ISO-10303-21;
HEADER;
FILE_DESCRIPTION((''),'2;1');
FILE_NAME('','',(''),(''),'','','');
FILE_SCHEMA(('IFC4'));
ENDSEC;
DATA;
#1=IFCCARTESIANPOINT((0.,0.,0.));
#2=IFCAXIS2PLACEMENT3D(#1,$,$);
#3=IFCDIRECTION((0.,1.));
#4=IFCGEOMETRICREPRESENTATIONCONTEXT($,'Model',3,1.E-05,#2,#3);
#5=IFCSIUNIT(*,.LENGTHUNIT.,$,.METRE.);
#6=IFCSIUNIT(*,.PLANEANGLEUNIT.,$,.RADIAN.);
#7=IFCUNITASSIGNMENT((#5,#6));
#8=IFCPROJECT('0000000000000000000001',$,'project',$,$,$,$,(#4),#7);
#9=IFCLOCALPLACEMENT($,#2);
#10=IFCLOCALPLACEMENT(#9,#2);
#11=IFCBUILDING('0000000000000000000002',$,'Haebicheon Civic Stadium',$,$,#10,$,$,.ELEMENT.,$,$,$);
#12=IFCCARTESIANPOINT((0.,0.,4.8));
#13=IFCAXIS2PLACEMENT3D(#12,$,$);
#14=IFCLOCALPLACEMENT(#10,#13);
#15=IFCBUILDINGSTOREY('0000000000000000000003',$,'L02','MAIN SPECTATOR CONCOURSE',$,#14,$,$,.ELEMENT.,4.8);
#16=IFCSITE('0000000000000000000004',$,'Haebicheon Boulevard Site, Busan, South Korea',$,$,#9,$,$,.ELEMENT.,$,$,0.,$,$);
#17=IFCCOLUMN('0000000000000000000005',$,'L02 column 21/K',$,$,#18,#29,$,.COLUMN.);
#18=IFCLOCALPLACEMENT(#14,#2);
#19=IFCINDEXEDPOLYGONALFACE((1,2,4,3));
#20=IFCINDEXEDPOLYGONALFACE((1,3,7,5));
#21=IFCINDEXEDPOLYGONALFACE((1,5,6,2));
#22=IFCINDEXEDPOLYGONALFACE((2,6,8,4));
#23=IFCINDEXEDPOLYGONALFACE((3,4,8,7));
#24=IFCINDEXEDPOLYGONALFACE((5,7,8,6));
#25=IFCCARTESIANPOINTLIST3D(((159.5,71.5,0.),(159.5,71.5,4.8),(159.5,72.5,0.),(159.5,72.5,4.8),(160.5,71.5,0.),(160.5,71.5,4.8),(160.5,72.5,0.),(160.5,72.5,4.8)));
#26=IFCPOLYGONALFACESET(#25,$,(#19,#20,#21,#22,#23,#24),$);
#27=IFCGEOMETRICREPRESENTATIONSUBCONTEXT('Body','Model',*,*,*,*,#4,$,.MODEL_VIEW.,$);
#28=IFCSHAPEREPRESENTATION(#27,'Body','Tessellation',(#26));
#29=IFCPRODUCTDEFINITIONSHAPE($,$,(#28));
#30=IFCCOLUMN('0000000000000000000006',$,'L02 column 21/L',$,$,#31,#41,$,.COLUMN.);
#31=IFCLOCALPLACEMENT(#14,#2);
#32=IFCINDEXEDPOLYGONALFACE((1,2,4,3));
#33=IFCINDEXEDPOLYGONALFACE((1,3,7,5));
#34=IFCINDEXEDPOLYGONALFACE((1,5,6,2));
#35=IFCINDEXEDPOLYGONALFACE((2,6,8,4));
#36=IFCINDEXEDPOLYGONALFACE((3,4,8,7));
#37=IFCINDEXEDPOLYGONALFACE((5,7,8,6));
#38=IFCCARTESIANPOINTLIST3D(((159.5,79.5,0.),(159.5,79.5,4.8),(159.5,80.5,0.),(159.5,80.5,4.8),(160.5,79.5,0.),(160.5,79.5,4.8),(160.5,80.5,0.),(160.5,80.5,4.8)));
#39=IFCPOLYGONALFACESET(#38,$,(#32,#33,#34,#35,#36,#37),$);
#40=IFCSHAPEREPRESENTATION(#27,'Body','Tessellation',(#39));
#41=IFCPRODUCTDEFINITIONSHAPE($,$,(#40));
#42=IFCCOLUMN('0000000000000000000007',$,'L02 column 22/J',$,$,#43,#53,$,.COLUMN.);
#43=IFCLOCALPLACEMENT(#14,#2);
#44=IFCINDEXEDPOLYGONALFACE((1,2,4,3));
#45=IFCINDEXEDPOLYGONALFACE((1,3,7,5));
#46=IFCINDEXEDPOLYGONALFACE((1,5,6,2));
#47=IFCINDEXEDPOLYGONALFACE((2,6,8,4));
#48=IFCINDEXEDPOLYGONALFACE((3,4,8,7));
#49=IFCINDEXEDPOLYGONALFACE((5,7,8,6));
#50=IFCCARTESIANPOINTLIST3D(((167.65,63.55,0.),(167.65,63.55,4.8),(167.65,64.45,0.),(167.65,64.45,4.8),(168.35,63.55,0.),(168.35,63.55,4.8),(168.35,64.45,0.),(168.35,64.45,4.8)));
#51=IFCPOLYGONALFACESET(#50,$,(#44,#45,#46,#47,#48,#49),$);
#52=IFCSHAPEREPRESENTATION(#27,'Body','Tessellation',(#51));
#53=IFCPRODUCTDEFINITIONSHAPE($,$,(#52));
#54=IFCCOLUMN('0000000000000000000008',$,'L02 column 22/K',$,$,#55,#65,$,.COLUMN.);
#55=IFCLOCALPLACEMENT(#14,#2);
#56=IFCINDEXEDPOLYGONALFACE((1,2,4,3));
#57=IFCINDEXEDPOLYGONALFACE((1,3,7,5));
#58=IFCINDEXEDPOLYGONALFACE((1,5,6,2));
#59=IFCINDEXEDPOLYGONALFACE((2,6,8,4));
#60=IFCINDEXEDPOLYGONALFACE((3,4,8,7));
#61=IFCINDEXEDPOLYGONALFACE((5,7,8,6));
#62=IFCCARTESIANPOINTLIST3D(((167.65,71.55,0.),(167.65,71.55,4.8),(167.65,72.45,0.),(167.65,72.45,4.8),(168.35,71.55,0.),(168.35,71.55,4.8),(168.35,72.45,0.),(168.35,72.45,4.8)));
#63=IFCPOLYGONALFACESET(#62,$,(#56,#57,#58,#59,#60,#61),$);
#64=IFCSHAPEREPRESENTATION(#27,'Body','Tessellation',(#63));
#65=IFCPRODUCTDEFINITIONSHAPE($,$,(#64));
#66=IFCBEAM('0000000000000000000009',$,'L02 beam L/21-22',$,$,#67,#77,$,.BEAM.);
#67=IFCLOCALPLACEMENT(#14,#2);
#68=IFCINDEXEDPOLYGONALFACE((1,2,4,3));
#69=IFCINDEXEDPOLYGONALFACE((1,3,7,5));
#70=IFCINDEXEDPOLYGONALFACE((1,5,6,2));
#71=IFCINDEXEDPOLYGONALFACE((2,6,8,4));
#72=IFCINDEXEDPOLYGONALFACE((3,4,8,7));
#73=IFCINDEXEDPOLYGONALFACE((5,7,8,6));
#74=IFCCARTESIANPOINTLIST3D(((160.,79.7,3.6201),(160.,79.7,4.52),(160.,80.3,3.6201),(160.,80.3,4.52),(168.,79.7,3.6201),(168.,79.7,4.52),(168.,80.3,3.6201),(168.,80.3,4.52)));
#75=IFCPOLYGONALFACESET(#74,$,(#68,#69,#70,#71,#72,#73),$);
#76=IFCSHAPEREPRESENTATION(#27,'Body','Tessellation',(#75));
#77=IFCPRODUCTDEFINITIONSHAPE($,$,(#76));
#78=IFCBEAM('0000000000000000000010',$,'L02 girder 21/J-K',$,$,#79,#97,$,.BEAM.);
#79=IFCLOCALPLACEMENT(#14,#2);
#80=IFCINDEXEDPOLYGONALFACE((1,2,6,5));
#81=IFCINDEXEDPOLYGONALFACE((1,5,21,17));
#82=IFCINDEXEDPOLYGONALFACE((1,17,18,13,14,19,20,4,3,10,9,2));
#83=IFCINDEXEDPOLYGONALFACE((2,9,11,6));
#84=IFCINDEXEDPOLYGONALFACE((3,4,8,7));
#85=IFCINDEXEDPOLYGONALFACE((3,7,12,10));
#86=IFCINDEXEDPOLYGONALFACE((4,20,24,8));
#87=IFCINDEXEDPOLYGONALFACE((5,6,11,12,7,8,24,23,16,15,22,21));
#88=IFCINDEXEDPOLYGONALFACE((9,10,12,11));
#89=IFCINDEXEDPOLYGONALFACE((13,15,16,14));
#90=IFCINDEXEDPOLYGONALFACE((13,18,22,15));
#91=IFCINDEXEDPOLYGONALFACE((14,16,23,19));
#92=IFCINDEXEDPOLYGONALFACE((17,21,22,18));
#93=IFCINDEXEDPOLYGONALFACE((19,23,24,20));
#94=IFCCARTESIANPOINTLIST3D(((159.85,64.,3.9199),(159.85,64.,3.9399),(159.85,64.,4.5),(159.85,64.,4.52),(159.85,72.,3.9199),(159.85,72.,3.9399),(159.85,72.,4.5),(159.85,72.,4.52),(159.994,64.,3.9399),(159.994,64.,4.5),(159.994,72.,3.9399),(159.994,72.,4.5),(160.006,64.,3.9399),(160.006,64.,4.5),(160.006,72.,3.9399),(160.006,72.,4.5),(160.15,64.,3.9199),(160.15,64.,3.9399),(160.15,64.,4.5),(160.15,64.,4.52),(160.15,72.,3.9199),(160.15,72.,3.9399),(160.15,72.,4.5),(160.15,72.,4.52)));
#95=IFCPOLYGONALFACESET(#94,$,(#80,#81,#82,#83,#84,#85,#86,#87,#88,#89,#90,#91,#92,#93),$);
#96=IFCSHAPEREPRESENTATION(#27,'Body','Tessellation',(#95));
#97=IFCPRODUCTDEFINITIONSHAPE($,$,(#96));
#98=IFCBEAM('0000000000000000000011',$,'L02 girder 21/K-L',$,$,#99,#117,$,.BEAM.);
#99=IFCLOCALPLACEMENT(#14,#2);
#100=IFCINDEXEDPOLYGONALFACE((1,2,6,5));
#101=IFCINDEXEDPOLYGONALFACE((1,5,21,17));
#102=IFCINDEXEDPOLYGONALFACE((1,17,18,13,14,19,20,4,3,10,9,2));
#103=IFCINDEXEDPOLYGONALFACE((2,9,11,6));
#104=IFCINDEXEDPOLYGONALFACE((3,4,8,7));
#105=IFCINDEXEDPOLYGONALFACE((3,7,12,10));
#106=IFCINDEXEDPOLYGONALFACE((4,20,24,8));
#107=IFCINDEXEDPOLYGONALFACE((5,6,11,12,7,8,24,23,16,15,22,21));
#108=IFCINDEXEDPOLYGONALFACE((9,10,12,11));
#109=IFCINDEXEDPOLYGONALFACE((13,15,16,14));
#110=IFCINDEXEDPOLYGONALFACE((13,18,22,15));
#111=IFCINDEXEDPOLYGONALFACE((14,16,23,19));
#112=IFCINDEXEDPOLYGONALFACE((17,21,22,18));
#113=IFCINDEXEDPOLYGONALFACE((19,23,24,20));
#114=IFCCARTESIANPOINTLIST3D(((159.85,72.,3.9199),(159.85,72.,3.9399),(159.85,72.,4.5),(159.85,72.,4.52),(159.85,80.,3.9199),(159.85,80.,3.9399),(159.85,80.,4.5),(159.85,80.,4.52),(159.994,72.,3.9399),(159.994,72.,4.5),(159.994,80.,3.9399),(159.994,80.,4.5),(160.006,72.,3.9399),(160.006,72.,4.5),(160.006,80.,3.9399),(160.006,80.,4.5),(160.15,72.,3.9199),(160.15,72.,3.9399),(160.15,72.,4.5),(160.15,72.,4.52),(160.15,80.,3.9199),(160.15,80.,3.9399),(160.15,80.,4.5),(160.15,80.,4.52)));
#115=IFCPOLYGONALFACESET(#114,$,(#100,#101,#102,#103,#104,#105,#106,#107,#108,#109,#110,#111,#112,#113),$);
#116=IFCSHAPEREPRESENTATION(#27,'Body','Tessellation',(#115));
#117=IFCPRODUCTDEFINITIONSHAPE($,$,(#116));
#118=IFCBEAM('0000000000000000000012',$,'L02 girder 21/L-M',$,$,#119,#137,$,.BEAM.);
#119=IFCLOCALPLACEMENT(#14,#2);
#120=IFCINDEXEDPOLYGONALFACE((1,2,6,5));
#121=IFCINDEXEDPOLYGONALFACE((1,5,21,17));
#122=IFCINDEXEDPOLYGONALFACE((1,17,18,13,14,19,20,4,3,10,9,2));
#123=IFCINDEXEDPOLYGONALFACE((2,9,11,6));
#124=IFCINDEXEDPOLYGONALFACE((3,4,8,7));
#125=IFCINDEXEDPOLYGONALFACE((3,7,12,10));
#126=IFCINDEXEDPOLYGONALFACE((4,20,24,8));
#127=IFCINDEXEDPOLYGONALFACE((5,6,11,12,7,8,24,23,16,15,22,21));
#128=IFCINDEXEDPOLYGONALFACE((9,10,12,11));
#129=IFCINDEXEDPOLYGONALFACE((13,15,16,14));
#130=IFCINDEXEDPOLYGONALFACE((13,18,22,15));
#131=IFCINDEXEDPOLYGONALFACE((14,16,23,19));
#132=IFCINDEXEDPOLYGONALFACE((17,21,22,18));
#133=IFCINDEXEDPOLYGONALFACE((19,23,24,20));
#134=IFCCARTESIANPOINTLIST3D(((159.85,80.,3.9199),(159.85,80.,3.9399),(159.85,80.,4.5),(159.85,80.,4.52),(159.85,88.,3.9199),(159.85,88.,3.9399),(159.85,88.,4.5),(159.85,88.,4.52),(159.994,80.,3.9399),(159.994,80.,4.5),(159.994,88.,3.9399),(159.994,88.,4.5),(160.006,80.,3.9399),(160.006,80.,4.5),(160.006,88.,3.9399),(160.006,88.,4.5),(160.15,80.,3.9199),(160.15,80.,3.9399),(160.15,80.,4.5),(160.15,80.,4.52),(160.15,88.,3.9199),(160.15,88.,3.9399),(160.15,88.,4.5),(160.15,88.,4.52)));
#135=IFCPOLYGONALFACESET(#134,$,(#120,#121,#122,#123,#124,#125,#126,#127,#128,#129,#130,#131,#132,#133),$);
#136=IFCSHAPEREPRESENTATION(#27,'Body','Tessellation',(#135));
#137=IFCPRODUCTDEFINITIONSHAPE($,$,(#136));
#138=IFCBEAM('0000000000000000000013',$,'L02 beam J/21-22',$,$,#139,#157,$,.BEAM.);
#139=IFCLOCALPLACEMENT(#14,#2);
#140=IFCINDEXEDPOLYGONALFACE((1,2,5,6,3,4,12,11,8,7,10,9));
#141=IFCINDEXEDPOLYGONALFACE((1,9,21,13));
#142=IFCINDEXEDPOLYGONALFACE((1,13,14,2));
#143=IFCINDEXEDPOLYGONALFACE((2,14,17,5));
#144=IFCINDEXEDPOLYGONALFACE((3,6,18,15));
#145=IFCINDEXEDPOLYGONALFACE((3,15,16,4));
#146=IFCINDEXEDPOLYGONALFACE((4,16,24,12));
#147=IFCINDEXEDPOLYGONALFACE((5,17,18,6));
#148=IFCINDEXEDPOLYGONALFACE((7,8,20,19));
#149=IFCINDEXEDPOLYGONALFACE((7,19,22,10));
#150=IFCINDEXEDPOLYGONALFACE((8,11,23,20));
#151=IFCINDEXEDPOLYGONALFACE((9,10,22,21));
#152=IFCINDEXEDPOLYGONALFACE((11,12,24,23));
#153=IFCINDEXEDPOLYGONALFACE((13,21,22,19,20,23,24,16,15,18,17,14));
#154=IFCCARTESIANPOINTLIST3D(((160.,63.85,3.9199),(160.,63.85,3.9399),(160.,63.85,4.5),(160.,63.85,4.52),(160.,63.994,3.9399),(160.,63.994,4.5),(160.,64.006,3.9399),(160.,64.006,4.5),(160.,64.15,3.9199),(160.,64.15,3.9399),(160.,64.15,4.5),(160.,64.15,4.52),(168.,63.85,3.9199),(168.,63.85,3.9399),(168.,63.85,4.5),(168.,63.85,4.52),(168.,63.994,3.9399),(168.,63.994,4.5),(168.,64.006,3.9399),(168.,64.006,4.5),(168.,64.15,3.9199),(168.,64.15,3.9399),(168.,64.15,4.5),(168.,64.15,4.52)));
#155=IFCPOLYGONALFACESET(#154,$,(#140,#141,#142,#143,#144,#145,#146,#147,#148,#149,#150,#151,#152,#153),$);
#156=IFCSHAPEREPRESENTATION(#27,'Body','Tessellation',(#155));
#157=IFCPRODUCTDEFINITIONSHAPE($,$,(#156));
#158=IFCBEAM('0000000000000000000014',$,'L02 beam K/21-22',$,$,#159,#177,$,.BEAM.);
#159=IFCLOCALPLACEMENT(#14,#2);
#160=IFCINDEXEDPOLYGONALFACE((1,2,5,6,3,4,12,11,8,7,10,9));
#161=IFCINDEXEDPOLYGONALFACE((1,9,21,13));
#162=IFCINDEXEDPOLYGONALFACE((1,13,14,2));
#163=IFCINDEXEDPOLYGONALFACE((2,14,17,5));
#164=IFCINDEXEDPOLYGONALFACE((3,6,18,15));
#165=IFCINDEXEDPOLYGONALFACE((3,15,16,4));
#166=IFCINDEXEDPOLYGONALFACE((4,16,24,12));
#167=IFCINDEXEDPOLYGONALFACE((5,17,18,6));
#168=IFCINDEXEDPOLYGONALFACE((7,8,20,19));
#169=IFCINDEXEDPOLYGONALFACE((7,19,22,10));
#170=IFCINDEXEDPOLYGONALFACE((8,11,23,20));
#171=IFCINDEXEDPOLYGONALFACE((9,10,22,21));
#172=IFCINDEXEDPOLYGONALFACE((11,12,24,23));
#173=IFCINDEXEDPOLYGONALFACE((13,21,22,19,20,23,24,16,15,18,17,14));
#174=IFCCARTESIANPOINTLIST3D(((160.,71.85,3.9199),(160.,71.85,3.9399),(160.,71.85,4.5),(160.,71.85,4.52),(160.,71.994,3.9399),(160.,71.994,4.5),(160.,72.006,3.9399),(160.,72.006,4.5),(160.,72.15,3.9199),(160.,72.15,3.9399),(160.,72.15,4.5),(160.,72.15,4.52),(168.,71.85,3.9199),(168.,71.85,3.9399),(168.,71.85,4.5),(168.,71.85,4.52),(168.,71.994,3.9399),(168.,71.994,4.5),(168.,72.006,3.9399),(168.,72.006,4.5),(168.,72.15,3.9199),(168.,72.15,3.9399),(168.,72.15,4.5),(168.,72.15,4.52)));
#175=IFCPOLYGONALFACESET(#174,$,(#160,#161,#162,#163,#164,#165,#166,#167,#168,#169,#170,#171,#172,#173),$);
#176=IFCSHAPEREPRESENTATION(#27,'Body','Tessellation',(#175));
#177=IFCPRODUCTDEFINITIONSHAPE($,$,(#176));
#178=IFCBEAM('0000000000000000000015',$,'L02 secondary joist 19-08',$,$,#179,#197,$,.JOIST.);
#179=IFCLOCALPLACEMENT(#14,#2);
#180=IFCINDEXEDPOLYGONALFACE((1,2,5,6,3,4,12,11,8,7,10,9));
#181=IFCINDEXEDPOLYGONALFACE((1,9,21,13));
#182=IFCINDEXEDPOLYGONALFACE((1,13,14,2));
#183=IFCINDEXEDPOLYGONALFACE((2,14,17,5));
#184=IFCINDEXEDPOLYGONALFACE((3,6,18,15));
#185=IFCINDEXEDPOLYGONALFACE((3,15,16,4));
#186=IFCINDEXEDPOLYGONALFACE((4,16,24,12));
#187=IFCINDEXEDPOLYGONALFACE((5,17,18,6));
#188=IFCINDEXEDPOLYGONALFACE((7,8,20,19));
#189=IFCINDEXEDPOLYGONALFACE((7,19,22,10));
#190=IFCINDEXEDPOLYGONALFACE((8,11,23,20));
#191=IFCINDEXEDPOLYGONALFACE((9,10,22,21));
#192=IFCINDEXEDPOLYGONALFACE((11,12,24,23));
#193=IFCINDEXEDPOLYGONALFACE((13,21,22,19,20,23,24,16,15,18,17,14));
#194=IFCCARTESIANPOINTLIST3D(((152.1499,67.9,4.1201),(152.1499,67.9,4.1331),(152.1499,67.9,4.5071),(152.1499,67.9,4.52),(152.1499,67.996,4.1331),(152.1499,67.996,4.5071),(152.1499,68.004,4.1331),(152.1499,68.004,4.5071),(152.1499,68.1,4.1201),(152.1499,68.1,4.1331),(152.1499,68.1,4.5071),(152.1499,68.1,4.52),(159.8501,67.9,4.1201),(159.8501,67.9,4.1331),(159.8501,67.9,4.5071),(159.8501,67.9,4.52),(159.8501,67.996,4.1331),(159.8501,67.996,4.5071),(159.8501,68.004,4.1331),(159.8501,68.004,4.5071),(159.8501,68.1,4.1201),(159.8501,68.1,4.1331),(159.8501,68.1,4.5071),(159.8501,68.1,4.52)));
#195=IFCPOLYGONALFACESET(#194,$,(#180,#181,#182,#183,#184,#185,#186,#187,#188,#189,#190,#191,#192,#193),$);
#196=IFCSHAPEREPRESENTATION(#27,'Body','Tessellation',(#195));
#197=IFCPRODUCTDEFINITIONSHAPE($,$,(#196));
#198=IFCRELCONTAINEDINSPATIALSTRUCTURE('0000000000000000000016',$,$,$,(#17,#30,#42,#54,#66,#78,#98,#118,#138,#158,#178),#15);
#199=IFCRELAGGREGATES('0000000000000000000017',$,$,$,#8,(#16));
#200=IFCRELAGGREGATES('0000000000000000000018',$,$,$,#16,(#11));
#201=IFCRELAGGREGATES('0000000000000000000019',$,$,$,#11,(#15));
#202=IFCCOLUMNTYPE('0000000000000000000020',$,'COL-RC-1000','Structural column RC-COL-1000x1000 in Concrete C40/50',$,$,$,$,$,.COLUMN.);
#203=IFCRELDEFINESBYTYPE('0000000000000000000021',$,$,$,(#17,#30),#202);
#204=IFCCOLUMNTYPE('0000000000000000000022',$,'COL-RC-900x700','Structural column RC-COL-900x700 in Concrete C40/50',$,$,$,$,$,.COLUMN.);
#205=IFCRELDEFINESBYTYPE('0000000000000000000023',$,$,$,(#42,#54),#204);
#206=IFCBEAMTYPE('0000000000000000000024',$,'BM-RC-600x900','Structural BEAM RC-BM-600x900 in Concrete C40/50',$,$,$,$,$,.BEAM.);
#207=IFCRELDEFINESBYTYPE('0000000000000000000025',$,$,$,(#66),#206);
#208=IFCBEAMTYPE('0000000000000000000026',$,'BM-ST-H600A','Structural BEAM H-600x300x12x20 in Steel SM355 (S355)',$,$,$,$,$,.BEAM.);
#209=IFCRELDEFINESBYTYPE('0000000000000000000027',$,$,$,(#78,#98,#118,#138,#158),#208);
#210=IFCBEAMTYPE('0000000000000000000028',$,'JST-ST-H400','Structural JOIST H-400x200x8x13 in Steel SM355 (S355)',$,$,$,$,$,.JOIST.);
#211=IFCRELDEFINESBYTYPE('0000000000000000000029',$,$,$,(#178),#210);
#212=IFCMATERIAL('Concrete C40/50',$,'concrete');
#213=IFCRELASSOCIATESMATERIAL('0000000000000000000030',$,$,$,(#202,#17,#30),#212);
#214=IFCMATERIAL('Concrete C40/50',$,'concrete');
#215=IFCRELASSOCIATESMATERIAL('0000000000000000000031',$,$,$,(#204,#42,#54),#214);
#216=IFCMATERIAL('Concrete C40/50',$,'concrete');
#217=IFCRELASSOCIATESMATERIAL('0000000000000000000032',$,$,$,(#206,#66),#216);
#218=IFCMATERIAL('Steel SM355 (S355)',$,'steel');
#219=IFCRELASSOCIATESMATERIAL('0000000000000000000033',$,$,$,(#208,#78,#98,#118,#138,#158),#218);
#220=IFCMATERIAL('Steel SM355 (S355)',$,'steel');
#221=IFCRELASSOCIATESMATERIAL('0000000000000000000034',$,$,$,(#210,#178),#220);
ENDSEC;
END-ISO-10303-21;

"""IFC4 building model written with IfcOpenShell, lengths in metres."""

from ifc_helpers import new_model, si_unit, direction, frame, origin, origin_2d, place, context, subcontext, project, spatial, rectangle, i_section, extrude, material, material_profile, profile_set, type_object, element, save


model = new_model("IFC4")

# Units and contexts
model_context = context("Model", 3, precision=1e-05, world=origin(), true_north=direction((0.0, 1.0)))
body_context = subcontext(model_context, "Body", "Model", "MODEL_VIEW")
ifc_project = project(units=[si_unit("LENGTHUNIT", "METRE"), si_unit("PLANEANGLEUNIT", "RADIAN")], contexts=[model_context])

# Site, building, storey
site_placement = place(None, origin())
site = spatial("IfcSite", under=ifc_project, at=site_placement, Name="Haebicheon Boulevard Site, Busan, South Korea", CompositionType="ELEMENT", RefElevation=0.0)
building_placement = place(site_placement, origin())
building = spatial("IfcBuilding", under=site, at=building_placement, Name="Haebicheon Civic Stadium", CompositionType="ELEMENT")
storey_placement = place(building_placement, frame((0.0, 0.0, 4.8)))
storey = spatial("IfcBuildingStorey", under=building, at=storey_placement, Name="L02", Description="MAIN SPECTATOR CONCOURSE", CompositionType="ELEMENT", Elevation=4.8)

# Columns
ifc_material_1 = material(Name="Concrete C40/50", Category="concrete")
ifc_material_profile_1 = material_profile(ifc_material_1, rectangle(XDim=1.0, YDim=1.0, at=origin_2d()), Name="RC-COL-1000x1000")
ifc_profile_set_1 = profile_set([ifc_material_profile_1], Name="Concrete C40/50")
column_type_1 = type_object("IfcColumnType", Name="COL-RC-1000", Description="Structural column RC-COL-1000x1000 in Concrete C40/50", PredefinedType="COLUMN", material=ifc_profile_set_1)
for number, where, z_axis, x_axis, name in (
    (1, (160.0, 72.0, 0.0), (0.0, 0.0, 1.0), (1.0, 0.0, 0.0), "L02 column 21/K"),
    (2, (160.0, 80.0, 0.0), (0.0, 0.0, 1.0), (1.0, 0.0, 0.0), "L02 column 21/L"),
):
    element("IfcColumn", number, at=place(storey_placement, frame(where, z_axis=z_axis, x_axis=x_axis)), inside=storey, type_object=column_type_1, material=ifc_profile_set_1, Name=name, PredefinedType="COLUMN", context=body_context, shape_type="SweptSolid", body=[
        extrude(rectangle(XDim=1.0, YDim=1.0, at=origin_2d()), origin(), (0.0, 0.0, 1.0), 4.8),
    ])
ifc_material_2 = material(Name="Concrete C40/50", Category="concrete")
ifc_material_profile_2 = material_profile(ifc_material_2, rectangle(XDim=0.7, YDim=0.8999, at=origin_2d()), Name="RC-COL-900x700")
ifc_profile_set_2 = profile_set([ifc_material_profile_2], Name="Concrete C40/50")
column_type_2 = type_object("IfcColumnType", Name="COL-RC-900x700", Description="Structural column RC-COL-900x700 in Concrete C40/50", PredefinedType="COLUMN", material=ifc_profile_set_2)
for number, where, z_axis, x_axis, name in (
    (3, (168.0, 64.0, 0.0), (0.0, 0.0, 1.0), (1.0, 0.0, 0.0), "L02 column 22/J"),
    (4, (168.0, 72.0, 0.0), (0.0, 0.0, 1.0), (1.0, 0.0, 0.0), "L02 column 22/K"),
):
    element("IfcColumn", number, at=place(storey_placement, frame(where, z_axis=z_axis, x_axis=x_axis)), inside=storey, type_object=column_type_2, material=ifc_profile_set_2, Name=name, PredefinedType="COLUMN", context=body_context, shape_type="SweptSolid", body=[
        extrude(rectangle(XDim=0.7, YDim=0.8999, at=origin_2d()), origin(), (0.0, 0.0, 1.0), 4.8),
    ])

# Beams
ifc_material_3 = material(Name="Concrete C40/50", Category="concrete")
ifc_material_profile_3 = material_profile(ifc_material_3, rectangle(XDim=0.6001, YDim=0.8999, at=origin_2d()), Name="RC-BM-600x900")
ifc_profile_set_3 = profile_set([ifc_material_profile_3], Name="Concrete C40/50")
beam_type_1 = type_object("IfcBeamType", Name="BM-RC-600x900", Description="Structural BEAM RC-BM-600x900 in Concrete C40/50", PredefinedType="BEAM", material=ifc_profile_set_3)
beam_1_placement = place(storey_placement, frame((160.0, 80.0, 4.0701), z_axis=(1.0, 0.0, 0.0), x_axis=(0.0, 1.0, 0.0)))
element("IfcBeam", 5, at=beam_1_placement, inside=storey, type_object=beam_type_1, material=ifc_profile_set_3, Name="L02 beam L/21-22", PredefinedType="BEAM", context=body_context, shape_type="SweptSolid", body=[
    extrude(rectangle(XDim=0.6001, YDim=0.8999, at=origin_2d()), origin(), (0.0, 0.0, 1.0), 8.0),
])
ifc_material_4 = material(Name="Steel SM355 (S355)", Category="steel")
ifc_material_profile_4 = material_profile(ifc_material_4, i_section(OverallWidth=0.3, OverallDepth=0.6001, WebThickness=0.012, FlangeThickness=0.02, at=origin_2d()), Name="H-600x300x12x20")
ifc_profile_set_4 = profile_set([ifc_material_profile_4], Name="Steel SM355 (S355)")
beam_type_2 = type_object("IfcBeamType", Name="BM-ST-H600A", Description="Structural BEAM H-600x300x12x20 in Steel SM355 (S355)", PredefinedType="BEAM", material=ifc_profile_set_4)
for number, where, z_axis, x_axis, name in (
    (6, (160.0, 64.0, 4.22), (0.0, 1.0, 0.0), (-1.0, 0.0, 0.0), "L02 girder 21/J-K"),
    (7, (160.0, 72.0, 4.22), (0.0, 1.0, 0.0), (-1.0, 0.0, 0.0), "L02 girder 21/K-L"),
    (8, (160.0, 80.0, 4.22), (0.0, 1.0, 0.0), (-1.0, 0.0, 0.0), "L02 girder 21/L-M"),
    (9, (160.0, 64.0, 4.22), (1.0, 0.0, 0.0), (0.0, 1.0, 0.0), "L02 beam J/21-22"),
    (10, (160.0, 72.0, 4.22), (1.0, 0.0, 0.0), (0.0, 1.0, 0.0), "L02 beam K/21-22"),
):
    element("IfcBeam", number, at=place(storey_placement, frame(where, z_axis=z_axis, x_axis=x_axis)), inside=storey, type_object=beam_type_2, material=ifc_profile_set_4, Name=name, PredefinedType="BEAM", context=body_context, shape_type="SweptSolid", body=[
        extrude(i_section(OverallWidth=0.3, OverallDepth=0.6001, WebThickness=0.012, FlangeThickness=0.02, at=origin_2d()), origin(), (0.0, 0.0, 1.0), 8.0),
    ])
ifc_material_5 = material(Name="Steel SM355 (S355)", Category="steel")
ifc_material_profile_5 = material_profile(ifc_material_5, i_section(OverallWidth=0.2, OverallDepth=0.3999, WebThickness=0.0081, FlangeThickness=0.0129, at=origin_2d()), Name="H-400x200x8x13")
ifc_profile_set_5 = profile_set([ifc_material_profile_5], Name="Steel SM355 (S355)")
beam_type_3 = type_object("IfcBeamType", Name="JST-ST-H400", Description="Structural JOIST H-400x200x8x13 in Steel SM355 (S355)", PredefinedType="JOIST", material=ifc_profile_set_5)
for number, where, z_axis, x_axis, name in (
    (11, (152.1499, 68.0, 4.3201), (1.0, 0.0, 0.0), (0.0, 1.0, 0.0), "L02 secondary joist 19-08"),
):
    element("IfcBeam", number, at=place(storey_placement, frame(where, z_axis=z_axis, x_axis=x_axis)), inside=storey, type_object=beam_type_3, material=ifc_profile_set_5, Name=name, PredefinedType="JOIST", context=body_context, shape_type="SweptSolid", body=[
        extrude(i_section(OverallWidth=0.2, OverallDepth=0.3999, WebThickness=0.0081, FlangeThickness=0.0129, at=origin_2d()), origin(), (0.0, 0.0, 1.0), 7.7002),
    ])

save(model, "model.ifc")
